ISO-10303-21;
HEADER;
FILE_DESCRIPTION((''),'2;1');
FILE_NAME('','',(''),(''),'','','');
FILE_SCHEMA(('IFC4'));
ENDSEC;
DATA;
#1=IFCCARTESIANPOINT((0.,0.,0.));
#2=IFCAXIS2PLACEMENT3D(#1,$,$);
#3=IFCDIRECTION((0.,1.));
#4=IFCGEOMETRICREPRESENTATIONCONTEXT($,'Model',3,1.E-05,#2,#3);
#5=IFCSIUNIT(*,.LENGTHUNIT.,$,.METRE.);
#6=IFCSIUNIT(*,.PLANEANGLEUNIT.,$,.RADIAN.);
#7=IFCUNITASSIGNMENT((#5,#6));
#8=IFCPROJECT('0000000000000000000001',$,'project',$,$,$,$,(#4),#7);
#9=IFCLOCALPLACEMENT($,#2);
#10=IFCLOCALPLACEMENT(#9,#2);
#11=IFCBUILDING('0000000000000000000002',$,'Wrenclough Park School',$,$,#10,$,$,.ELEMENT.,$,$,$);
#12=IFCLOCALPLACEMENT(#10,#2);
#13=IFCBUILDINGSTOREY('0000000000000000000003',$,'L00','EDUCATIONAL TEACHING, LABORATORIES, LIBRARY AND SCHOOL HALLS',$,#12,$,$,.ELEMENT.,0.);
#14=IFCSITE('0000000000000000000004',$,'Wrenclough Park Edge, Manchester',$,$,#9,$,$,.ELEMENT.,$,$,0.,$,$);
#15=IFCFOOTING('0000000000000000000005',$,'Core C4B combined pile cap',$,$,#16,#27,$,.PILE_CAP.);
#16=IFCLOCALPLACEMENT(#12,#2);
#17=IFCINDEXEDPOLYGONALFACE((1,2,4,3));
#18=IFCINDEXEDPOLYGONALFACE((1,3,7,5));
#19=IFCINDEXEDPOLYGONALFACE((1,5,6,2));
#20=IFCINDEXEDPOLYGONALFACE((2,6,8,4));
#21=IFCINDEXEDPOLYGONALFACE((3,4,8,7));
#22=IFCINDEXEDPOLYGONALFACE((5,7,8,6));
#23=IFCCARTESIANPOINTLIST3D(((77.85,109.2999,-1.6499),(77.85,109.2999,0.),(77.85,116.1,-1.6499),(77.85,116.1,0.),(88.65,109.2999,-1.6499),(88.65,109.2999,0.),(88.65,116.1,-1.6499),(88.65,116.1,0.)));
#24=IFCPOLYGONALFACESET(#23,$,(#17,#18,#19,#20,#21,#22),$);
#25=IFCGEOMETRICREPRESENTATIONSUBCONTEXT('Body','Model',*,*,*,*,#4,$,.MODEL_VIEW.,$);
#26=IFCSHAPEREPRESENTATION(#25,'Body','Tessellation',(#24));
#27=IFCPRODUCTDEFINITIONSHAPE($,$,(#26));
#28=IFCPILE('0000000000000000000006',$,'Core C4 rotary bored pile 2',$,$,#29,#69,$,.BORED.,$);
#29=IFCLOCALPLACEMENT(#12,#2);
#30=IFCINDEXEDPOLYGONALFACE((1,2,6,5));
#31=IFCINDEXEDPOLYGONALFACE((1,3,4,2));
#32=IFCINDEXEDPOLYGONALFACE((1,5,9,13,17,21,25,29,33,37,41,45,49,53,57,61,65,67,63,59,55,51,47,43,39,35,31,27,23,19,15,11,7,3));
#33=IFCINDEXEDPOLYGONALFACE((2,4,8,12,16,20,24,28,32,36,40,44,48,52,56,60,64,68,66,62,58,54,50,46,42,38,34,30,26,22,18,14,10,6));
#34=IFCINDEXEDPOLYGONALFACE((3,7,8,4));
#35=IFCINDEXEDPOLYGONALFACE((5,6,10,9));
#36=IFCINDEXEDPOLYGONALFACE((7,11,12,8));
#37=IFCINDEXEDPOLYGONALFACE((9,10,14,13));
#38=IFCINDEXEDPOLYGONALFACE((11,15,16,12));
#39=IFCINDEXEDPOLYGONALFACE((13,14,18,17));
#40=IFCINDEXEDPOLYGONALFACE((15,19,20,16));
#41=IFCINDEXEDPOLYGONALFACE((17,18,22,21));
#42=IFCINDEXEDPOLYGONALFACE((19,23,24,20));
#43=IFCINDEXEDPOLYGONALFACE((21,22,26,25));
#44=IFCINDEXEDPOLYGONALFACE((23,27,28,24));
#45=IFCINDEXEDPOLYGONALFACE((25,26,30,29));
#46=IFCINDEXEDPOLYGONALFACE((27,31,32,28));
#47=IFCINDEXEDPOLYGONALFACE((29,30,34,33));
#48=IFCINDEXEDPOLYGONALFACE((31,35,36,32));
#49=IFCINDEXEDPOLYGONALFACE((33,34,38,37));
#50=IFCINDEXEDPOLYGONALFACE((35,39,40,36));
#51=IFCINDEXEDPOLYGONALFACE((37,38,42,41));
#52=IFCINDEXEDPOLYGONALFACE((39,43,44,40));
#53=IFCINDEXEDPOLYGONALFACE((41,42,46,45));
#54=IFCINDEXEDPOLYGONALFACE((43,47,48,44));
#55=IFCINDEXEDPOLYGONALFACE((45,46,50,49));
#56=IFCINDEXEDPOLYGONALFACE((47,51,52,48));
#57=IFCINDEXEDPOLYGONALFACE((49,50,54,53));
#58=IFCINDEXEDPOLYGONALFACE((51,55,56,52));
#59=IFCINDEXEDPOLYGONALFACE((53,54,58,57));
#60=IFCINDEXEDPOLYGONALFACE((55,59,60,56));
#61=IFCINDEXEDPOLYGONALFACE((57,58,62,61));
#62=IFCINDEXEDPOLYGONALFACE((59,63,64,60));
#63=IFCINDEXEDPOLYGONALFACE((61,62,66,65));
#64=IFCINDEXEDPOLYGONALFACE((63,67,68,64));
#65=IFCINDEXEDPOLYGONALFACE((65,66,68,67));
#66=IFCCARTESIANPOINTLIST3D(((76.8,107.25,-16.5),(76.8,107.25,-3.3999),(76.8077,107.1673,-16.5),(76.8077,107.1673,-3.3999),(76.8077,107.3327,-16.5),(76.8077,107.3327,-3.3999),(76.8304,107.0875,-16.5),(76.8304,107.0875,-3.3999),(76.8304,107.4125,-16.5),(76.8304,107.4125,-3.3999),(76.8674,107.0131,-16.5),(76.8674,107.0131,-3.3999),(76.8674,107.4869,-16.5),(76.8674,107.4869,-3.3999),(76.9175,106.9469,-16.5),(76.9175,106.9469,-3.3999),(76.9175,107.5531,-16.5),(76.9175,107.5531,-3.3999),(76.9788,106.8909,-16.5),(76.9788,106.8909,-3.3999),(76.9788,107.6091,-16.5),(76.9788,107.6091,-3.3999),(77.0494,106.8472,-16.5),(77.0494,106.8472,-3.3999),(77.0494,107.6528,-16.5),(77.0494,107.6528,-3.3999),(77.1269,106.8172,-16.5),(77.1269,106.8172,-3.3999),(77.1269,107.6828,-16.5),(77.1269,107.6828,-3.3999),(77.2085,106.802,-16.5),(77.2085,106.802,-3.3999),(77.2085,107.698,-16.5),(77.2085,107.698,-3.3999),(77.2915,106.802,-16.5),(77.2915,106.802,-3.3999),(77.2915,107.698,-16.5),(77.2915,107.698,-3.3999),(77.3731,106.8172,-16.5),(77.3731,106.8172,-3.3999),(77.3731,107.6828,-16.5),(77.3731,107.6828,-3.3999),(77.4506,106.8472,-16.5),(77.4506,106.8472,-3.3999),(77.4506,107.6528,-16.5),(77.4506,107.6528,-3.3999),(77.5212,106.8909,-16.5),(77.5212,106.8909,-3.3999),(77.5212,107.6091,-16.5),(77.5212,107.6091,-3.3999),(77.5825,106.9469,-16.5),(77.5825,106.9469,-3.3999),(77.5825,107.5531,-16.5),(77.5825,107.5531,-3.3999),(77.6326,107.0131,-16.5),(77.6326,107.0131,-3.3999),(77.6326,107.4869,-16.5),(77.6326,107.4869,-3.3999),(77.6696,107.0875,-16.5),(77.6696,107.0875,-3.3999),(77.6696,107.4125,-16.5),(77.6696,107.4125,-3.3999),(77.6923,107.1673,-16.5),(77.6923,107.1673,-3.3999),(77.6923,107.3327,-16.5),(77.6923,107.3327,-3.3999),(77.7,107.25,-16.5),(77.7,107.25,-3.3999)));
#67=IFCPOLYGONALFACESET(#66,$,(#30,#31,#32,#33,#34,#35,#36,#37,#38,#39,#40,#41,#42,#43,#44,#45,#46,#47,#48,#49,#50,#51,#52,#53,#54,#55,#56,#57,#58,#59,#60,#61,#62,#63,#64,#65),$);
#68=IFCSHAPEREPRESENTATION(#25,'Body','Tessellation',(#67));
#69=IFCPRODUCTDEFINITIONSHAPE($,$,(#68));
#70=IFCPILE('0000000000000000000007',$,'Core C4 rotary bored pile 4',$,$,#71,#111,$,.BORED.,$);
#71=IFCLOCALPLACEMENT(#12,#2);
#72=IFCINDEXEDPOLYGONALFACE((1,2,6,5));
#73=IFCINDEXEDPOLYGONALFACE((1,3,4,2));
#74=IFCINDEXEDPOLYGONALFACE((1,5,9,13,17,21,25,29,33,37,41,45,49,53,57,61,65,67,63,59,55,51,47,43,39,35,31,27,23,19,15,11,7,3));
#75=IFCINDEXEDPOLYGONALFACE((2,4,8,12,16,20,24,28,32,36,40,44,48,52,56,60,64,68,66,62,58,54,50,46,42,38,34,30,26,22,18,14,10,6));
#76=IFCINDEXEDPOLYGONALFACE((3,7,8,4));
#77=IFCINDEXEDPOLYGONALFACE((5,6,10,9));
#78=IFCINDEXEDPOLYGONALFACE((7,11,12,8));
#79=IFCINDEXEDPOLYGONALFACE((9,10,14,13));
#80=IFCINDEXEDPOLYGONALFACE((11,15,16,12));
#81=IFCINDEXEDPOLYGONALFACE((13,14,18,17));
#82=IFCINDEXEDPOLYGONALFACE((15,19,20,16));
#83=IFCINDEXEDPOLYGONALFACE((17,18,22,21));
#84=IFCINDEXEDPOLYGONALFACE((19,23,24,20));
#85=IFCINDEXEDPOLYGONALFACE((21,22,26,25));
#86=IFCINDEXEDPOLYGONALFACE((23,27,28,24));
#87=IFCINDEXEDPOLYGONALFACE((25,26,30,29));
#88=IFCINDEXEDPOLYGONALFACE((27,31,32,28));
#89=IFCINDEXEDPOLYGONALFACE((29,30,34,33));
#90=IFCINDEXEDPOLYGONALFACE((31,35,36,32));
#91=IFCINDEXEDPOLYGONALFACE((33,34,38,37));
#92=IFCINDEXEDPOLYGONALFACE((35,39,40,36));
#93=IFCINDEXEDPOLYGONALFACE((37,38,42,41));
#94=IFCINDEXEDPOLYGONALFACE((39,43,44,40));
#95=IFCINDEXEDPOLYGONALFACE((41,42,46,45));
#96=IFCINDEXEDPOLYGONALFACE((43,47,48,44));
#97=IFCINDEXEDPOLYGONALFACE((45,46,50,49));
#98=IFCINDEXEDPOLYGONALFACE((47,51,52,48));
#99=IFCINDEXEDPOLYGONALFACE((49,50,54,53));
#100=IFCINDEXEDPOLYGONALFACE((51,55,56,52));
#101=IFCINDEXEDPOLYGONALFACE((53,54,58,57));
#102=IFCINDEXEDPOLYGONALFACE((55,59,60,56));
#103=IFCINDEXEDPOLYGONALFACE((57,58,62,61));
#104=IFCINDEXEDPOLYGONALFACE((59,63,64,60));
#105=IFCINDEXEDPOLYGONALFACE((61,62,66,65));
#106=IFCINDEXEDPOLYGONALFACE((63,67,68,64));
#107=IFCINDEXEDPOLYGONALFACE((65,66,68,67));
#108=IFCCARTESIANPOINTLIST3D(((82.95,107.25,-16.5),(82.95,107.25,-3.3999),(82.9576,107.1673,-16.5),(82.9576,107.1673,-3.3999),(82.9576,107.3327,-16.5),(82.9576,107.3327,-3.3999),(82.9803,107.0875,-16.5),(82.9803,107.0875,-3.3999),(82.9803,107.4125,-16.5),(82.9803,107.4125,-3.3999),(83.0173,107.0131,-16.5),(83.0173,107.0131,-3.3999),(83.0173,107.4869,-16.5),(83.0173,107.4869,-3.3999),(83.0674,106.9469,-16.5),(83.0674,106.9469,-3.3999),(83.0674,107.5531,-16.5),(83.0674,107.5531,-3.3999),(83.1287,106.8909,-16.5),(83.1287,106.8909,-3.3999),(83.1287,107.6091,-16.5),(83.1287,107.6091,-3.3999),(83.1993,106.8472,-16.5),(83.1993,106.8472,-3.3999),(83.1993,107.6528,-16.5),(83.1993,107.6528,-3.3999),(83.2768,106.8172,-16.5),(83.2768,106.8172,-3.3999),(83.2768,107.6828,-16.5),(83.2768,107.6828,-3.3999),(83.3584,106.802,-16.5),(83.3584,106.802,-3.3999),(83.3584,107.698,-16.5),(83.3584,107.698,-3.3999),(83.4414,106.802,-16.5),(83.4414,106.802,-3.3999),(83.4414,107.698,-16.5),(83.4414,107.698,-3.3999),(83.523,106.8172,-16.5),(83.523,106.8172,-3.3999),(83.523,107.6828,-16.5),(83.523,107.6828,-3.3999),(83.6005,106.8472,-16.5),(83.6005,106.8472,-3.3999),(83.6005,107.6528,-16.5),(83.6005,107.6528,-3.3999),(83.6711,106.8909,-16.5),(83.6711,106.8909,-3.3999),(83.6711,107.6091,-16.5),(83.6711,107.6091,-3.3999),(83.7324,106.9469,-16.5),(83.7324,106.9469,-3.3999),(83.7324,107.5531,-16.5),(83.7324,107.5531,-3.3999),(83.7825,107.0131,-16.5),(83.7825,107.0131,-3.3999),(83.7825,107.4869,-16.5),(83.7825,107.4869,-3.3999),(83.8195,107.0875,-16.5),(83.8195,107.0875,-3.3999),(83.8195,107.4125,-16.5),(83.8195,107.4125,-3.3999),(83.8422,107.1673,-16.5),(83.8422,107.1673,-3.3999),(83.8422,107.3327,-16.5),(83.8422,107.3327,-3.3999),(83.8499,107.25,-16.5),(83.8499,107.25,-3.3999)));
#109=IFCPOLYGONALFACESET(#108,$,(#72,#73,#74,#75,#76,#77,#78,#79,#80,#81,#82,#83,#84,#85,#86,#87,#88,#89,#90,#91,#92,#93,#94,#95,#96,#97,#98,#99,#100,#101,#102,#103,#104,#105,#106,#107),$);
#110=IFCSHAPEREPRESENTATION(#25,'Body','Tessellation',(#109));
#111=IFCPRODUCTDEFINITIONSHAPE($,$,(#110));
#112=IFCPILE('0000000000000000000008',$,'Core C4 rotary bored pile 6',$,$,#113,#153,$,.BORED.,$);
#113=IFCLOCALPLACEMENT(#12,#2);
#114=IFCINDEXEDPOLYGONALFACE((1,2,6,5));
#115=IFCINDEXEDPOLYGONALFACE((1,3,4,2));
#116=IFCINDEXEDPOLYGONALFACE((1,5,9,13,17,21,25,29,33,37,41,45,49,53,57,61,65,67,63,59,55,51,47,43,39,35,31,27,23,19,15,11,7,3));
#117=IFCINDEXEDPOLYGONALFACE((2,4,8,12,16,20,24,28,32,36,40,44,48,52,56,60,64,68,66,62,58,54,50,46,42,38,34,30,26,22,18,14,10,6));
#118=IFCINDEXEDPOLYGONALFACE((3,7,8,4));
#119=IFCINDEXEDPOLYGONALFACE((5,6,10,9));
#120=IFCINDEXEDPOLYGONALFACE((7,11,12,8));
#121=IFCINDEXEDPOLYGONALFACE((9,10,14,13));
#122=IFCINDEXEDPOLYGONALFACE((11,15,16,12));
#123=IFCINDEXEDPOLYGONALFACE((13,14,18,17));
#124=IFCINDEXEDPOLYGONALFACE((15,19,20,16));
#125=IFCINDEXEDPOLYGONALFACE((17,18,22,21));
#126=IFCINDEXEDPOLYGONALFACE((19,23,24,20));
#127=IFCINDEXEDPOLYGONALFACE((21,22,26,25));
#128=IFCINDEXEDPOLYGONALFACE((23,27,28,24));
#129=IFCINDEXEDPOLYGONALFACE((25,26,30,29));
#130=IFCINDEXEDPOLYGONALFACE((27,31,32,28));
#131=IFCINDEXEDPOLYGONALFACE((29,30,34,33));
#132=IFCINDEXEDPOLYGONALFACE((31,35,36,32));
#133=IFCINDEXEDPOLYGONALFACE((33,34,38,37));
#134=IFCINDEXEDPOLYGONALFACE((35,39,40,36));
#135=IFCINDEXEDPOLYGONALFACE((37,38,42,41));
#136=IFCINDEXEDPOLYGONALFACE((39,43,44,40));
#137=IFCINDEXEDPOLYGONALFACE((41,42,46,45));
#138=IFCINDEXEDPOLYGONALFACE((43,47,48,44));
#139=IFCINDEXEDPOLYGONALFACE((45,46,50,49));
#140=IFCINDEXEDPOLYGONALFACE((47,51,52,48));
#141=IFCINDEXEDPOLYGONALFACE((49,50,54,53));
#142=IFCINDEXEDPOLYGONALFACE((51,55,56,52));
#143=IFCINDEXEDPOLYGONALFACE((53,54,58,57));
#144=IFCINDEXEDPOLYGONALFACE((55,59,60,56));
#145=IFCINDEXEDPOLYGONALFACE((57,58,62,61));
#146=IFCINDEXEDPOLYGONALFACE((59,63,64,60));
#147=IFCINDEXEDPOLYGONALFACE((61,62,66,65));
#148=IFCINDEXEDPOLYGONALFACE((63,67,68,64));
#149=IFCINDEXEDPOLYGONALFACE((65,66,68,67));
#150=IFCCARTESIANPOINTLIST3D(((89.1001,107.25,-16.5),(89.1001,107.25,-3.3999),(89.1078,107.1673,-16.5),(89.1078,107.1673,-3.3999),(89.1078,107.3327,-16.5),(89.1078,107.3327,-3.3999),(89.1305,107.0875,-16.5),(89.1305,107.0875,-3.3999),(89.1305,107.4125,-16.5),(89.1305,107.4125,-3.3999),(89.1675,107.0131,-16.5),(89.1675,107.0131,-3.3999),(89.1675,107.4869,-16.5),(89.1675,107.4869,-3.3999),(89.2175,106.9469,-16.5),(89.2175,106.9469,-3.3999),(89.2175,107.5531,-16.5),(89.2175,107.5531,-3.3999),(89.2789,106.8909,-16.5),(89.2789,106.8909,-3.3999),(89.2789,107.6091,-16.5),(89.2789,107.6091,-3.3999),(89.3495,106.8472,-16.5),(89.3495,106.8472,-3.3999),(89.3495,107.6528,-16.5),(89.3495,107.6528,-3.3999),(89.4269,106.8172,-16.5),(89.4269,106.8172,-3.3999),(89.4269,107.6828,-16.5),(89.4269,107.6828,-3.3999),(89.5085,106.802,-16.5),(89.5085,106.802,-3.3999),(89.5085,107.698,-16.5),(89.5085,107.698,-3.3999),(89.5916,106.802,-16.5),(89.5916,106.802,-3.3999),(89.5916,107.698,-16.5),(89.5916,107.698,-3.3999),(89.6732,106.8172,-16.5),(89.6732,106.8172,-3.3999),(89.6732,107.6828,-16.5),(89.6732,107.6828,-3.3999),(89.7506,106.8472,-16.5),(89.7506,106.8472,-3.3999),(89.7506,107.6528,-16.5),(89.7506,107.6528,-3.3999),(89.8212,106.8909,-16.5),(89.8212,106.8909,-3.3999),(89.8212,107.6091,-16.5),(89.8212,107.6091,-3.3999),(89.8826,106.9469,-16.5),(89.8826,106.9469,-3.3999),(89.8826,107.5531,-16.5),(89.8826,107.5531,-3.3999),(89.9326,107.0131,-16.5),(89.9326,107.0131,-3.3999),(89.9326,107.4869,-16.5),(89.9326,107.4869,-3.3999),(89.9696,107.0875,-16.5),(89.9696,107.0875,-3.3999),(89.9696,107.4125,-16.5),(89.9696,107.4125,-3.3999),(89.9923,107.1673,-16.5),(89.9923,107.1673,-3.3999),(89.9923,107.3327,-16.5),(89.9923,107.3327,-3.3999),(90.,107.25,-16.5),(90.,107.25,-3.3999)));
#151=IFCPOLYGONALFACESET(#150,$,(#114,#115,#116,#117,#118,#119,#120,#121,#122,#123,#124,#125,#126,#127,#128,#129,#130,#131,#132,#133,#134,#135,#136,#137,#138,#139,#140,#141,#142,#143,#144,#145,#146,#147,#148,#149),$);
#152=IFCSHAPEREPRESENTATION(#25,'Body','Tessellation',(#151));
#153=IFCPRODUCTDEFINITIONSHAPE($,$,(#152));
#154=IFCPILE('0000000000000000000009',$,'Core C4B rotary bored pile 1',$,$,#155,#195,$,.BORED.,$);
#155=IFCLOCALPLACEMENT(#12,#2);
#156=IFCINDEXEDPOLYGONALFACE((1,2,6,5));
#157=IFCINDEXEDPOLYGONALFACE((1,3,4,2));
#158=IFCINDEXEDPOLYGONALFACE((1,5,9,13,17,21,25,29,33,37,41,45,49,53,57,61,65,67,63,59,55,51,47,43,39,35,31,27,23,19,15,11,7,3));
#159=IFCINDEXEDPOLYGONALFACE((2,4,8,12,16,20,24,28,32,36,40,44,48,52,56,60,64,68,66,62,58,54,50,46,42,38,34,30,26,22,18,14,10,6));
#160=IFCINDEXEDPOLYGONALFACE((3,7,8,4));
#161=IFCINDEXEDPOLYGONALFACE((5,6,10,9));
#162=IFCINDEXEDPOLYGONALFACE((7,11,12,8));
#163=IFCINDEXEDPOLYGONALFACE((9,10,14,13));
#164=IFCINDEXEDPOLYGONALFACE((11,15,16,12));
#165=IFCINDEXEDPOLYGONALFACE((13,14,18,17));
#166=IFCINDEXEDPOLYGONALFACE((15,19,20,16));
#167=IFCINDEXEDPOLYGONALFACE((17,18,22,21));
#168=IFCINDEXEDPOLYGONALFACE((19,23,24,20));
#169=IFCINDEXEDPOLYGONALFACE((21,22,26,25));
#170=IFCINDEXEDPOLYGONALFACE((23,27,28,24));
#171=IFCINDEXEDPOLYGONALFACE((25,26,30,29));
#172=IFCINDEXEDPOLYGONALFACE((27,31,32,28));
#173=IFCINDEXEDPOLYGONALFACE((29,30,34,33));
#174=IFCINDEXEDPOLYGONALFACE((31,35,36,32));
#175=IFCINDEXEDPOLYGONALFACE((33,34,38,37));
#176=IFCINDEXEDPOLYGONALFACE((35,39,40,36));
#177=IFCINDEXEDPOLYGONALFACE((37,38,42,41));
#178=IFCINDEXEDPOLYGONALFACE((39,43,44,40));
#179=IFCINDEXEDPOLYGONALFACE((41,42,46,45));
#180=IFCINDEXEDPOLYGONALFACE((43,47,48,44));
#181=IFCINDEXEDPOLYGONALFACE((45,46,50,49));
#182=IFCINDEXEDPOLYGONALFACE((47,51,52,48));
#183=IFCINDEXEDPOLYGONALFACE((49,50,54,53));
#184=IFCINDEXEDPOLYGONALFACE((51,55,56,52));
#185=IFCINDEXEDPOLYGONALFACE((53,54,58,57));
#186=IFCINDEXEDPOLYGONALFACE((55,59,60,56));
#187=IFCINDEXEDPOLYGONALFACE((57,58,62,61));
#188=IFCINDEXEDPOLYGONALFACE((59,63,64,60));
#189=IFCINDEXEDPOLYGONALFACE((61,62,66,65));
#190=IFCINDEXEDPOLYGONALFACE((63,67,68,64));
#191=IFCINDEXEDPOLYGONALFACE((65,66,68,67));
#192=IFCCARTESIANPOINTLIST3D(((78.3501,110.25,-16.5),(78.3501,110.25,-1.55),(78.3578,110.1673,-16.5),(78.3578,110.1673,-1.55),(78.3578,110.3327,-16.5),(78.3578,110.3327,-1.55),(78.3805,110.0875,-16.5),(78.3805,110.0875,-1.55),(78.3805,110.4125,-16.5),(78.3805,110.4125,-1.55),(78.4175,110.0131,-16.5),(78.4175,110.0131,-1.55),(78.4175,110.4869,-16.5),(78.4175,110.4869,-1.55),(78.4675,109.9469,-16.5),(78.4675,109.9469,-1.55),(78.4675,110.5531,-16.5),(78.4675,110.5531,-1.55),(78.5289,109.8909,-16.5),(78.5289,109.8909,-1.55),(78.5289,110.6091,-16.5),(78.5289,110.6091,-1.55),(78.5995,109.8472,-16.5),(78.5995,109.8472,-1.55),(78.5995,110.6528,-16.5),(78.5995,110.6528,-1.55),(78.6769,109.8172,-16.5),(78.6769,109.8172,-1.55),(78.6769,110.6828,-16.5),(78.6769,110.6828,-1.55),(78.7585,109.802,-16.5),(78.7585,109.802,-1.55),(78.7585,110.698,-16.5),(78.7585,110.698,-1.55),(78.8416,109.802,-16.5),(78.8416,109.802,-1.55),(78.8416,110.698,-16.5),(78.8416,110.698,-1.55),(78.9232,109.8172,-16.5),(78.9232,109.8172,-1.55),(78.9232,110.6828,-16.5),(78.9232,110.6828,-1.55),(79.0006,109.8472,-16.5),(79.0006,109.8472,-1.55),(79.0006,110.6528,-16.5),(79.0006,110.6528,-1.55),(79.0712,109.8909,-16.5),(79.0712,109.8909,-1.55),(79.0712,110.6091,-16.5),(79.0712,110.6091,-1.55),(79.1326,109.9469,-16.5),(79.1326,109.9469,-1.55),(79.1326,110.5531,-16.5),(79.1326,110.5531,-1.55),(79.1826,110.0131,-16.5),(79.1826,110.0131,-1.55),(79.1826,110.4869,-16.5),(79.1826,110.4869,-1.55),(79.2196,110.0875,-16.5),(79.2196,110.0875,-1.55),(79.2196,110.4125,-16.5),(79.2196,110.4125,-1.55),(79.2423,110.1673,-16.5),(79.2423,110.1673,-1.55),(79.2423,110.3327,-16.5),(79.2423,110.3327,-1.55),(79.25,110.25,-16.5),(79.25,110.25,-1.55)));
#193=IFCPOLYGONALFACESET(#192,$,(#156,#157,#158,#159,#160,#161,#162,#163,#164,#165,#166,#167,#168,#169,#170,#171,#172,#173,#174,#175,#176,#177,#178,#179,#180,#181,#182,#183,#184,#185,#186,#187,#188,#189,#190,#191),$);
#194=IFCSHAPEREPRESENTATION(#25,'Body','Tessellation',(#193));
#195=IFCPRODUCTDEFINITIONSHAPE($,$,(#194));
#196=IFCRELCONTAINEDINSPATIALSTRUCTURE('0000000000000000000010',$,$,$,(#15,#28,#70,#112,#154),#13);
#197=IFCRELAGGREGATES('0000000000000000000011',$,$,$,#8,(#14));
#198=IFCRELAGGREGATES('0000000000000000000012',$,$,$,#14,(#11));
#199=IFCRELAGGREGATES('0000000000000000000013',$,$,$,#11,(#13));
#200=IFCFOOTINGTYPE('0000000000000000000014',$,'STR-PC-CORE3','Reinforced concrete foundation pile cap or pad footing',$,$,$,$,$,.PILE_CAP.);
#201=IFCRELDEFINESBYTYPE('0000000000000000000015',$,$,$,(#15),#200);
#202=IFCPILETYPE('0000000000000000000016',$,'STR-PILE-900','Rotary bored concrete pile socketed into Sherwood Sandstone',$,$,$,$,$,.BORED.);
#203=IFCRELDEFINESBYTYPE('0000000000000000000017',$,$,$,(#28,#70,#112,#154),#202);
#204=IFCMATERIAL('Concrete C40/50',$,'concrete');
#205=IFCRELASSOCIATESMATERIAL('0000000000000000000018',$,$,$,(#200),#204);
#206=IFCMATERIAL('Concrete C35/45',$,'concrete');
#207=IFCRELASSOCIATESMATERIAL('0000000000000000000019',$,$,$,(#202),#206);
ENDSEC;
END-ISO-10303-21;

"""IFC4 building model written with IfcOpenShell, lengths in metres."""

from ifc_helpers import new_model, si_unit, direction, frame, origin, origin_2d, place, context, subcontext, project, spatial, rectangle, circle, extrude, material, material_profile, profile_set, type_object, element, save


model = new_model("IFC4")

# Units and contexts
model_context = context("Model", 3, precision=1e-05, world=origin(), true_north=direction((0.0, 1.0)))
body_context = subcontext(model_context, "Body", "Model", "MODEL_VIEW")
ifc_project = project(units=[si_unit("LENGTHUNIT", "METRE"), si_unit("PLANEANGLEUNIT", "RADIAN")], contexts=[model_context])

# Site, building, storey
site_placement = place(None, origin())
site = spatial("IfcSite", under=ifc_project, at=site_placement, Name="Wrenclough Park Edge, Manchester", CompositionType="ELEMENT", RefElevation=0.0)
building_placement = place(site_placement, origin())
building = spatial("IfcBuilding", under=site, at=building_placement, Name="Wrenclough Park School", CompositionType="ELEMENT")
storey_placement = place(building_placement, origin())
storey = spatial("IfcBuildingStorey", under=building, at=storey_placement, Name="L00", Description="EDUCATIONAL TEACHING, LABORATORIES, LIBRARY AND SCHOOL HALLS", CompositionType="ELEMENT", Elevation=0.0)

# Footing
ifc_material_1 = material(Name="Concrete C40/50", Category="concrete")
footing_type = type_object("IfcFootingType", Name="STR-PC-CORE3", Description="Reinforced concrete foundation pile cap or pad footing", PredefinedType="PILE_CAP", material=ifc_material_1)
footing_placement = place(storey_placement, frame((83.25, 112.7, -1.6499), z_axis=(0.0, 0.0, 1.0), x_axis=(1.0, 0.0, 0.0)))
element("IfcFooting", 1, at=footing_placement, inside=storey, type_object=footing_type, Name="Core C4B combined pile cap", PredefinedType="PILE_CAP", context=body_context, shape_type="SweptSolid", body=[
    extrude(rectangle(XDim=10.8, YDim=6.8, at=origin_2d()), origin(), (0.0, 0.0, 1.0), 1.6499),
])

# Piles
ifc_material_2 = material(Name="Concrete C35/45", Category="concrete")
ifc_material_profile = material_profile(ifc_material_2, circle(Radius=0.45, at=origin_2d()), Name="BORED PILE D900")
ifc_profile_set = profile_set([ifc_material_profile], Name="Concrete C35/45")
pile_type = type_object("IfcPileType", Name="STR-PILE-900", Description="Rotary bored concrete pile socketed into Sherwood Sandstone", PredefinedType="BORED", material=ifc_profile_set)
for number, where, z_axis, x_axis, name in (
    (2, (77.25, 107.25, -3.3999), (0.0, 0.0, -1.0), (1.0, 0.0, 0.0), "Core C4 rotary bored pile 2"),
    (3, (83.3999, 107.25, -3.3999), (0.0, 0.0, -1.0), (1.0, 0.0, 0.0), "Core C4 rotary bored pile 4"),
    (4, (89.55, 107.25, -3.3999), (0.0, 0.0, -1.0), (1.0, 0.0, 0.0), "Core C4 rotary bored pile 6"),
):
    element("IfcPile", number, at=place(storey_placement, frame(where, z_axis=z_axis, x_axis=x_axis)), inside=storey, type_object=pile_type, Name=name, PredefinedType="BORED", context=body_context, shape_type="SweptSolid", body=[
        extrude(circle(Radius=0.45, at=origin_2d()), origin(), (0.0, 0.0, 1.0), 13.1001),
    ])
for number, where, z_axis, x_axis, name in (
    (5, (78.8, 110.25, -1.55), (0.0, 0.0, -1.0), (1.0, 0.0, 0.0), "Core C4B rotary bored pile 1"),
):
    element("IfcPile", number, at=place(storey_placement, frame(where, z_axis=z_axis, x_axis=x_axis)), inside=storey, type_object=pile_type, Name=name, PredefinedType="BORED", context=body_context, shape_type="SweptSolid", body=[
        extrude(circle(Radius=0.45, at=origin_2d()), origin(), (0.0, 0.0, 1.0), 14.95),
    ])

save(model, "model.ifc")
